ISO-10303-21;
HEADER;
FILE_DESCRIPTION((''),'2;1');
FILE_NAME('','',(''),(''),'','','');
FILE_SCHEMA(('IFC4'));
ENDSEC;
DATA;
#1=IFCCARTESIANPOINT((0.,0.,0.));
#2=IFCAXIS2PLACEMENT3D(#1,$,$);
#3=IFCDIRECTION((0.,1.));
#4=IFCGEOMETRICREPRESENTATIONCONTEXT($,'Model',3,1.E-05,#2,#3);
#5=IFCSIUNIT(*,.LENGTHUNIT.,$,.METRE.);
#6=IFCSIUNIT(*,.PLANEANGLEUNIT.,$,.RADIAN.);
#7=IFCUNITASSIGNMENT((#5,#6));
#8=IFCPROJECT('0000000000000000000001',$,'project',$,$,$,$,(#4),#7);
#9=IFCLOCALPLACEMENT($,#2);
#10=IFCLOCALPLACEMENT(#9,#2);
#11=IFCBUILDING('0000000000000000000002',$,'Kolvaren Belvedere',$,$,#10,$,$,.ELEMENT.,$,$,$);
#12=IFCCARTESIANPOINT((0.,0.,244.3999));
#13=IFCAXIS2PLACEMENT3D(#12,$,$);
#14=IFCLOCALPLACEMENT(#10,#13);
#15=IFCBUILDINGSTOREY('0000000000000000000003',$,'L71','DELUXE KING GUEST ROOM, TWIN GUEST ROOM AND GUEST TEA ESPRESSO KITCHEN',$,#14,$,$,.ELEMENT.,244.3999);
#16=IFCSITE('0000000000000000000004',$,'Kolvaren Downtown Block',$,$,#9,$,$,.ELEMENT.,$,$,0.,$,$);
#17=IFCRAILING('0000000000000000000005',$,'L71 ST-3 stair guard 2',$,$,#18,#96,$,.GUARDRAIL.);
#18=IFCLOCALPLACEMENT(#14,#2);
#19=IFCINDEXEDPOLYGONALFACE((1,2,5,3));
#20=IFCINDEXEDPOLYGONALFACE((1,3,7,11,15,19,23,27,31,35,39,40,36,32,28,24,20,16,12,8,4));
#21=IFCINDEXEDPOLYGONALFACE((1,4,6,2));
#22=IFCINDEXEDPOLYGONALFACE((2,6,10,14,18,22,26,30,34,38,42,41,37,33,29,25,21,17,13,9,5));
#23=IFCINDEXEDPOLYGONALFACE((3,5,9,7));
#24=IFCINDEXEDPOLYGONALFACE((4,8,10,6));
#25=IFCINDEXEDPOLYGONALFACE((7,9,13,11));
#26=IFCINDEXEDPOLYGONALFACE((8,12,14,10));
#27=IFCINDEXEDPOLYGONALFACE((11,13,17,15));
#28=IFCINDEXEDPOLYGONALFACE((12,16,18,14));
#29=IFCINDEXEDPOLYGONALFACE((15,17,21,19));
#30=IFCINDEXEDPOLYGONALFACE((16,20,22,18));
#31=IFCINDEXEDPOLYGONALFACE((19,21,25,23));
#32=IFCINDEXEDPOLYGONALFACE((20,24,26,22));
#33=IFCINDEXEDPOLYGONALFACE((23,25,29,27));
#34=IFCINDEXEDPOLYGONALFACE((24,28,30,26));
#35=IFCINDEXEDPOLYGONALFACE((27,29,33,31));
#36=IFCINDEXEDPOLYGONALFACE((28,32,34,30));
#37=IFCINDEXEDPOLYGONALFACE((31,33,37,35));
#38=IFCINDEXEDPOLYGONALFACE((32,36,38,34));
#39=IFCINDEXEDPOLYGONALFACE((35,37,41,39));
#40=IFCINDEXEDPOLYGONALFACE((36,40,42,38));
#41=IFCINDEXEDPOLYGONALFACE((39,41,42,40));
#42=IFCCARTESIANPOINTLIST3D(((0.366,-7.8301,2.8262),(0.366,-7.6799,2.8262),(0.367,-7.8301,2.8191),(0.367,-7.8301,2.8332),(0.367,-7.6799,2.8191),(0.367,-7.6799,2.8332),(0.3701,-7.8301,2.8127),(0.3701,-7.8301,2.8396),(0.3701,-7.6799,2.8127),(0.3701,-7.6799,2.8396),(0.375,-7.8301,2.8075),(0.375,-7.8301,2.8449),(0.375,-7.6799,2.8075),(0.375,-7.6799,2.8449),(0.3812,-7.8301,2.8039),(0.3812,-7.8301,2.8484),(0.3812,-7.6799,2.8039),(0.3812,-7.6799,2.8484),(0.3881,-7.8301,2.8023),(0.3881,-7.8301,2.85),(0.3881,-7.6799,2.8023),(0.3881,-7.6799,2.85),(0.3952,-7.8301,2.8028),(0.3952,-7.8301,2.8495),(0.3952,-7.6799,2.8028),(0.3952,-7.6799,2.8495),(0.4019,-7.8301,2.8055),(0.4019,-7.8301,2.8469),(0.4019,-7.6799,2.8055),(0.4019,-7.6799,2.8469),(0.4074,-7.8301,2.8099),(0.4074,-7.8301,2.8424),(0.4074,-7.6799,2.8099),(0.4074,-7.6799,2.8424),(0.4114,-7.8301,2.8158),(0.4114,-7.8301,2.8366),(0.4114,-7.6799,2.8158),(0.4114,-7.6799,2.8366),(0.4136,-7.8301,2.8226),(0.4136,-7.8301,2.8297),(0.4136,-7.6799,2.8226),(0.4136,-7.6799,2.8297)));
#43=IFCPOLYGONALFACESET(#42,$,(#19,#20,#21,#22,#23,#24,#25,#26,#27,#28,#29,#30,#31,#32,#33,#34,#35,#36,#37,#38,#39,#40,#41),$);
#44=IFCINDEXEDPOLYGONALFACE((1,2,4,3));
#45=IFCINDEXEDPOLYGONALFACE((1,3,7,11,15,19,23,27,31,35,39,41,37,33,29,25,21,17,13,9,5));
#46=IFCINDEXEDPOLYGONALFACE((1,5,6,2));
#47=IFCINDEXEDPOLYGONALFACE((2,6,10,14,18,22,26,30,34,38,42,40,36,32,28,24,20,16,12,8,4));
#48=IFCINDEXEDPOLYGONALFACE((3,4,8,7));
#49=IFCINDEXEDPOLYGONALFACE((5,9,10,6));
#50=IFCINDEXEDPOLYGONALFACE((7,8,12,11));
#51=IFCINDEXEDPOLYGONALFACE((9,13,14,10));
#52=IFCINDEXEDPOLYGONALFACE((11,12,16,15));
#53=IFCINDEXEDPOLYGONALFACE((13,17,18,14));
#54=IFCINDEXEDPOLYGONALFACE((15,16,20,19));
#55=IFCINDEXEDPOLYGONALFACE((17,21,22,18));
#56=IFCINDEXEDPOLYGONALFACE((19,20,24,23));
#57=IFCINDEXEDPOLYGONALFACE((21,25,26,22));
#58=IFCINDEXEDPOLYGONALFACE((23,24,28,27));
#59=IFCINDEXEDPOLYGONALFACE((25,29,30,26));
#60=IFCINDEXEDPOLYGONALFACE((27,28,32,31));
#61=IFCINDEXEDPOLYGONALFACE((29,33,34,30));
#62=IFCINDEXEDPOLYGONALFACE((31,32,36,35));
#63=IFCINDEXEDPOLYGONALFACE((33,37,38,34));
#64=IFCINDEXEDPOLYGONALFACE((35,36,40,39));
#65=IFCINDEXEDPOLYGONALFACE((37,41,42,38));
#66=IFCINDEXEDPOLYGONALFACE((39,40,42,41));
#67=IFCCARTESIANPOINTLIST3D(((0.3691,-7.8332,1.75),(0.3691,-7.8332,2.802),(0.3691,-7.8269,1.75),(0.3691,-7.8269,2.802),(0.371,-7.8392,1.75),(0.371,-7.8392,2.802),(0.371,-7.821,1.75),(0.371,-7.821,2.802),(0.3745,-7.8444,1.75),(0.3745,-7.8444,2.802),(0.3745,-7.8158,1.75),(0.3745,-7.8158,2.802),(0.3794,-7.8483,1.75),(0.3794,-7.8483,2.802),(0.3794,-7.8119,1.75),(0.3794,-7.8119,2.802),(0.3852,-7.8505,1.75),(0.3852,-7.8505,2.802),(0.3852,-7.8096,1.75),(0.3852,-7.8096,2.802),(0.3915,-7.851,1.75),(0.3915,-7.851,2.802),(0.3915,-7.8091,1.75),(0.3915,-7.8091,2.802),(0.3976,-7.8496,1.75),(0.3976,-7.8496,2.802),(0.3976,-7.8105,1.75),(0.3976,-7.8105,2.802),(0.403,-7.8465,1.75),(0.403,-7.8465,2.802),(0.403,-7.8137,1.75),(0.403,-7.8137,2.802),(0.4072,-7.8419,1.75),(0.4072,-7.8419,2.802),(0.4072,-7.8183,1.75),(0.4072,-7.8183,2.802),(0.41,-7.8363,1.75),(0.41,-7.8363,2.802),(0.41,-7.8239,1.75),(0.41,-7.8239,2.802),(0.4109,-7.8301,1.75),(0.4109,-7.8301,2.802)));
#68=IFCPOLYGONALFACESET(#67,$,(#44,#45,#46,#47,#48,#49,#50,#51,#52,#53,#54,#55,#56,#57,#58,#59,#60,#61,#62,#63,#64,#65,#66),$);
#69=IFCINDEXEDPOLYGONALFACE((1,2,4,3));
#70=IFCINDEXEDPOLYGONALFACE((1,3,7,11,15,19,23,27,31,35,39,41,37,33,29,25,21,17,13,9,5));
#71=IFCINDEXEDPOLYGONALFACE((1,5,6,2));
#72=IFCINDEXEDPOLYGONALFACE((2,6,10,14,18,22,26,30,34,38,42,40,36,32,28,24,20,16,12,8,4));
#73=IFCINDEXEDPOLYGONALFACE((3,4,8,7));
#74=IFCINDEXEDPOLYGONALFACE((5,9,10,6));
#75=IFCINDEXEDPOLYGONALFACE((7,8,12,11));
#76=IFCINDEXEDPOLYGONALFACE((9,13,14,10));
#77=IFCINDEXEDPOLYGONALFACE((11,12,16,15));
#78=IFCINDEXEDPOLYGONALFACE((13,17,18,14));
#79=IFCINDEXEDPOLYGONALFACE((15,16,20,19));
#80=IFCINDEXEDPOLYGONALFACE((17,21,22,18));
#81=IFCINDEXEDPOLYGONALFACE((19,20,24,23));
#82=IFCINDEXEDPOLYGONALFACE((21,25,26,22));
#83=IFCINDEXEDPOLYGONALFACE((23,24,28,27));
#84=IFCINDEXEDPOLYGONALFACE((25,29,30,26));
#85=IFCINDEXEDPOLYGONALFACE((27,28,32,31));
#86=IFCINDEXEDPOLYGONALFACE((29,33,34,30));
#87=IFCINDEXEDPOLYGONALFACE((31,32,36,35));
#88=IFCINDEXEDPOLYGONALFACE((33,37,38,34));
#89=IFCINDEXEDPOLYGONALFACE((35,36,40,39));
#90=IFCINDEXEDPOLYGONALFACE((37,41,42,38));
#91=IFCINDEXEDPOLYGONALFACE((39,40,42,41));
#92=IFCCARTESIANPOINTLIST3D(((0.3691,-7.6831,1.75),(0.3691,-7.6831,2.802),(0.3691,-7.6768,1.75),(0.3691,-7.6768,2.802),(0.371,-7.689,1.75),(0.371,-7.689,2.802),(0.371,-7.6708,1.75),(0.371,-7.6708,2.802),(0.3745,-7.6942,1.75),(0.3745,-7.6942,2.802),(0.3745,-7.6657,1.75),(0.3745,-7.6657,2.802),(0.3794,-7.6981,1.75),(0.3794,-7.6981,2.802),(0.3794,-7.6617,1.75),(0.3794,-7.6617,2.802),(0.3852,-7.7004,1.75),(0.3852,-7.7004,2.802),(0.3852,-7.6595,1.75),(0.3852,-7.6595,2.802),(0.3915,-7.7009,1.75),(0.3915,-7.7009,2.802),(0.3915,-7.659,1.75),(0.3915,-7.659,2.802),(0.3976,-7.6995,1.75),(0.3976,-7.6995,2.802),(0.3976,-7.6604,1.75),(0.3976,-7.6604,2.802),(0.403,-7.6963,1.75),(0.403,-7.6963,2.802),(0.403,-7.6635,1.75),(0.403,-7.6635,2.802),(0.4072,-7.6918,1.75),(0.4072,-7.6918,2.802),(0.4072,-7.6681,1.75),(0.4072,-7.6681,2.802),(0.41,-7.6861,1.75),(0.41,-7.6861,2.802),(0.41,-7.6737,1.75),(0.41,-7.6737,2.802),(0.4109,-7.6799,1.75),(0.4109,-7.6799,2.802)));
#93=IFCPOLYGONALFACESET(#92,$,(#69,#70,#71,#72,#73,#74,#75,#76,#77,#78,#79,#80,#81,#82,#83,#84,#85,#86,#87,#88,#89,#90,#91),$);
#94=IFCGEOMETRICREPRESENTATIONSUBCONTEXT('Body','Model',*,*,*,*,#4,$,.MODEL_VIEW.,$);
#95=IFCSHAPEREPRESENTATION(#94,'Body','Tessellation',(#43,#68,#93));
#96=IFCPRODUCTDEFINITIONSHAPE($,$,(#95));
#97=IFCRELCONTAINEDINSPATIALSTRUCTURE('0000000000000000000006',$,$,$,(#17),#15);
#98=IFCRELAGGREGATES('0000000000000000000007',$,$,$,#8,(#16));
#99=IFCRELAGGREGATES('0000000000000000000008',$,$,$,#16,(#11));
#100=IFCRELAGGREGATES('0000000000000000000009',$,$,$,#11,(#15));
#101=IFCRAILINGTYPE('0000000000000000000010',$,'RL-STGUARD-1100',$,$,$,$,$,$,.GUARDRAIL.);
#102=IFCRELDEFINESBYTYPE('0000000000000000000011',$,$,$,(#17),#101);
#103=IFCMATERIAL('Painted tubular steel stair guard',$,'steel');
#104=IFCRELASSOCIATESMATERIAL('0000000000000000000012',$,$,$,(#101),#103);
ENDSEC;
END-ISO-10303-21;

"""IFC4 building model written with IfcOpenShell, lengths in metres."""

from ifc_helpers import new_model, si_unit, direction, frame, origin, origin_2d, place, context, subcontext, project, spatial, circle, extrude, material, type_object, element, save


model = new_model("IFC4")

# Units and contexts
model_context = context("Model", 3, precision=1e-05, world=origin(), true_north=direction((0.0, 1.0)))
body_context = subcontext(model_context, "Body", "Model", "MODEL_VIEW")
ifc_project = project(units=[si_unit("LENGTHUNIT", "METRE"), si_unit("PLANEANGLEUNIT", "RADIAN")], contexts=[model_context])

# Site, building, storey
site_placement = place(None, origin())
site = spatial("IfcSite", under=ifc_project, at=site_placement, Name="Kolvaren Downtown Block", CompositionType="ELEMENT", RefElevation=0.0)
building_placement = place(site_placement, origin())
building = spatial("IfcBuilding", under=site, at=building_placement, Name="Kolvaren Belvedere", CompositionType="ELEMENT")
storey_placement = place(building_placement, frame((0.0, 0.0, 244.3999)))
storey = spatial("IfcBuildingStorey", under=building, at=storey_placement, Name="L71", Description="DELUXE KING GUEST ROOM, TWIN GUEST ROOM AND GUEST TEA ESPRESSO KITCHEN", CompositionType="ELEMENT", Elevation=244.3999)

# Railing
ifc_material_1 = material(Name="Painted tubular steel stair guard", Category="steel")
railing_type_1 = type_object("IfcRailingType", Name="RL-STGUARD-1100", PredefinedType="GUARDRAIL", material=ifc_material_1)
railing_1_placement = place(storey_placement, frame((0.3899, -7.8301, 1.75)))
element("IfcRailing", 1, at=railing_1_placement, inside=storey, type_object=railing_type_1, Name="L71 ST-3 stair guard 2", PredefinedType="GUARDRAIL", context=body_context, shape_type="SweptSolid", body=[
    extrude(circle(Radius=0.0239, at=origin_2d()), frame((0.0, 0.0, 1.0762), z_axis=(0.0, 1.0, 0.0), x_axis=(-1.0, 0.0, 0.0)), (0.0, 0.0, 1.0), 0.1501),
    extrude(circle(Radius=0.021, at=origin_2d()), origin(), (0.0, 0.0, 1.0), 1.052),
    extrude(circle(Radius=0.021, at=origin_2d()), frame((0.0, 0.1501, 0.0)), (0.0, 0.0, 1.0), 1.052),
])

save(model, "model.ifc")
